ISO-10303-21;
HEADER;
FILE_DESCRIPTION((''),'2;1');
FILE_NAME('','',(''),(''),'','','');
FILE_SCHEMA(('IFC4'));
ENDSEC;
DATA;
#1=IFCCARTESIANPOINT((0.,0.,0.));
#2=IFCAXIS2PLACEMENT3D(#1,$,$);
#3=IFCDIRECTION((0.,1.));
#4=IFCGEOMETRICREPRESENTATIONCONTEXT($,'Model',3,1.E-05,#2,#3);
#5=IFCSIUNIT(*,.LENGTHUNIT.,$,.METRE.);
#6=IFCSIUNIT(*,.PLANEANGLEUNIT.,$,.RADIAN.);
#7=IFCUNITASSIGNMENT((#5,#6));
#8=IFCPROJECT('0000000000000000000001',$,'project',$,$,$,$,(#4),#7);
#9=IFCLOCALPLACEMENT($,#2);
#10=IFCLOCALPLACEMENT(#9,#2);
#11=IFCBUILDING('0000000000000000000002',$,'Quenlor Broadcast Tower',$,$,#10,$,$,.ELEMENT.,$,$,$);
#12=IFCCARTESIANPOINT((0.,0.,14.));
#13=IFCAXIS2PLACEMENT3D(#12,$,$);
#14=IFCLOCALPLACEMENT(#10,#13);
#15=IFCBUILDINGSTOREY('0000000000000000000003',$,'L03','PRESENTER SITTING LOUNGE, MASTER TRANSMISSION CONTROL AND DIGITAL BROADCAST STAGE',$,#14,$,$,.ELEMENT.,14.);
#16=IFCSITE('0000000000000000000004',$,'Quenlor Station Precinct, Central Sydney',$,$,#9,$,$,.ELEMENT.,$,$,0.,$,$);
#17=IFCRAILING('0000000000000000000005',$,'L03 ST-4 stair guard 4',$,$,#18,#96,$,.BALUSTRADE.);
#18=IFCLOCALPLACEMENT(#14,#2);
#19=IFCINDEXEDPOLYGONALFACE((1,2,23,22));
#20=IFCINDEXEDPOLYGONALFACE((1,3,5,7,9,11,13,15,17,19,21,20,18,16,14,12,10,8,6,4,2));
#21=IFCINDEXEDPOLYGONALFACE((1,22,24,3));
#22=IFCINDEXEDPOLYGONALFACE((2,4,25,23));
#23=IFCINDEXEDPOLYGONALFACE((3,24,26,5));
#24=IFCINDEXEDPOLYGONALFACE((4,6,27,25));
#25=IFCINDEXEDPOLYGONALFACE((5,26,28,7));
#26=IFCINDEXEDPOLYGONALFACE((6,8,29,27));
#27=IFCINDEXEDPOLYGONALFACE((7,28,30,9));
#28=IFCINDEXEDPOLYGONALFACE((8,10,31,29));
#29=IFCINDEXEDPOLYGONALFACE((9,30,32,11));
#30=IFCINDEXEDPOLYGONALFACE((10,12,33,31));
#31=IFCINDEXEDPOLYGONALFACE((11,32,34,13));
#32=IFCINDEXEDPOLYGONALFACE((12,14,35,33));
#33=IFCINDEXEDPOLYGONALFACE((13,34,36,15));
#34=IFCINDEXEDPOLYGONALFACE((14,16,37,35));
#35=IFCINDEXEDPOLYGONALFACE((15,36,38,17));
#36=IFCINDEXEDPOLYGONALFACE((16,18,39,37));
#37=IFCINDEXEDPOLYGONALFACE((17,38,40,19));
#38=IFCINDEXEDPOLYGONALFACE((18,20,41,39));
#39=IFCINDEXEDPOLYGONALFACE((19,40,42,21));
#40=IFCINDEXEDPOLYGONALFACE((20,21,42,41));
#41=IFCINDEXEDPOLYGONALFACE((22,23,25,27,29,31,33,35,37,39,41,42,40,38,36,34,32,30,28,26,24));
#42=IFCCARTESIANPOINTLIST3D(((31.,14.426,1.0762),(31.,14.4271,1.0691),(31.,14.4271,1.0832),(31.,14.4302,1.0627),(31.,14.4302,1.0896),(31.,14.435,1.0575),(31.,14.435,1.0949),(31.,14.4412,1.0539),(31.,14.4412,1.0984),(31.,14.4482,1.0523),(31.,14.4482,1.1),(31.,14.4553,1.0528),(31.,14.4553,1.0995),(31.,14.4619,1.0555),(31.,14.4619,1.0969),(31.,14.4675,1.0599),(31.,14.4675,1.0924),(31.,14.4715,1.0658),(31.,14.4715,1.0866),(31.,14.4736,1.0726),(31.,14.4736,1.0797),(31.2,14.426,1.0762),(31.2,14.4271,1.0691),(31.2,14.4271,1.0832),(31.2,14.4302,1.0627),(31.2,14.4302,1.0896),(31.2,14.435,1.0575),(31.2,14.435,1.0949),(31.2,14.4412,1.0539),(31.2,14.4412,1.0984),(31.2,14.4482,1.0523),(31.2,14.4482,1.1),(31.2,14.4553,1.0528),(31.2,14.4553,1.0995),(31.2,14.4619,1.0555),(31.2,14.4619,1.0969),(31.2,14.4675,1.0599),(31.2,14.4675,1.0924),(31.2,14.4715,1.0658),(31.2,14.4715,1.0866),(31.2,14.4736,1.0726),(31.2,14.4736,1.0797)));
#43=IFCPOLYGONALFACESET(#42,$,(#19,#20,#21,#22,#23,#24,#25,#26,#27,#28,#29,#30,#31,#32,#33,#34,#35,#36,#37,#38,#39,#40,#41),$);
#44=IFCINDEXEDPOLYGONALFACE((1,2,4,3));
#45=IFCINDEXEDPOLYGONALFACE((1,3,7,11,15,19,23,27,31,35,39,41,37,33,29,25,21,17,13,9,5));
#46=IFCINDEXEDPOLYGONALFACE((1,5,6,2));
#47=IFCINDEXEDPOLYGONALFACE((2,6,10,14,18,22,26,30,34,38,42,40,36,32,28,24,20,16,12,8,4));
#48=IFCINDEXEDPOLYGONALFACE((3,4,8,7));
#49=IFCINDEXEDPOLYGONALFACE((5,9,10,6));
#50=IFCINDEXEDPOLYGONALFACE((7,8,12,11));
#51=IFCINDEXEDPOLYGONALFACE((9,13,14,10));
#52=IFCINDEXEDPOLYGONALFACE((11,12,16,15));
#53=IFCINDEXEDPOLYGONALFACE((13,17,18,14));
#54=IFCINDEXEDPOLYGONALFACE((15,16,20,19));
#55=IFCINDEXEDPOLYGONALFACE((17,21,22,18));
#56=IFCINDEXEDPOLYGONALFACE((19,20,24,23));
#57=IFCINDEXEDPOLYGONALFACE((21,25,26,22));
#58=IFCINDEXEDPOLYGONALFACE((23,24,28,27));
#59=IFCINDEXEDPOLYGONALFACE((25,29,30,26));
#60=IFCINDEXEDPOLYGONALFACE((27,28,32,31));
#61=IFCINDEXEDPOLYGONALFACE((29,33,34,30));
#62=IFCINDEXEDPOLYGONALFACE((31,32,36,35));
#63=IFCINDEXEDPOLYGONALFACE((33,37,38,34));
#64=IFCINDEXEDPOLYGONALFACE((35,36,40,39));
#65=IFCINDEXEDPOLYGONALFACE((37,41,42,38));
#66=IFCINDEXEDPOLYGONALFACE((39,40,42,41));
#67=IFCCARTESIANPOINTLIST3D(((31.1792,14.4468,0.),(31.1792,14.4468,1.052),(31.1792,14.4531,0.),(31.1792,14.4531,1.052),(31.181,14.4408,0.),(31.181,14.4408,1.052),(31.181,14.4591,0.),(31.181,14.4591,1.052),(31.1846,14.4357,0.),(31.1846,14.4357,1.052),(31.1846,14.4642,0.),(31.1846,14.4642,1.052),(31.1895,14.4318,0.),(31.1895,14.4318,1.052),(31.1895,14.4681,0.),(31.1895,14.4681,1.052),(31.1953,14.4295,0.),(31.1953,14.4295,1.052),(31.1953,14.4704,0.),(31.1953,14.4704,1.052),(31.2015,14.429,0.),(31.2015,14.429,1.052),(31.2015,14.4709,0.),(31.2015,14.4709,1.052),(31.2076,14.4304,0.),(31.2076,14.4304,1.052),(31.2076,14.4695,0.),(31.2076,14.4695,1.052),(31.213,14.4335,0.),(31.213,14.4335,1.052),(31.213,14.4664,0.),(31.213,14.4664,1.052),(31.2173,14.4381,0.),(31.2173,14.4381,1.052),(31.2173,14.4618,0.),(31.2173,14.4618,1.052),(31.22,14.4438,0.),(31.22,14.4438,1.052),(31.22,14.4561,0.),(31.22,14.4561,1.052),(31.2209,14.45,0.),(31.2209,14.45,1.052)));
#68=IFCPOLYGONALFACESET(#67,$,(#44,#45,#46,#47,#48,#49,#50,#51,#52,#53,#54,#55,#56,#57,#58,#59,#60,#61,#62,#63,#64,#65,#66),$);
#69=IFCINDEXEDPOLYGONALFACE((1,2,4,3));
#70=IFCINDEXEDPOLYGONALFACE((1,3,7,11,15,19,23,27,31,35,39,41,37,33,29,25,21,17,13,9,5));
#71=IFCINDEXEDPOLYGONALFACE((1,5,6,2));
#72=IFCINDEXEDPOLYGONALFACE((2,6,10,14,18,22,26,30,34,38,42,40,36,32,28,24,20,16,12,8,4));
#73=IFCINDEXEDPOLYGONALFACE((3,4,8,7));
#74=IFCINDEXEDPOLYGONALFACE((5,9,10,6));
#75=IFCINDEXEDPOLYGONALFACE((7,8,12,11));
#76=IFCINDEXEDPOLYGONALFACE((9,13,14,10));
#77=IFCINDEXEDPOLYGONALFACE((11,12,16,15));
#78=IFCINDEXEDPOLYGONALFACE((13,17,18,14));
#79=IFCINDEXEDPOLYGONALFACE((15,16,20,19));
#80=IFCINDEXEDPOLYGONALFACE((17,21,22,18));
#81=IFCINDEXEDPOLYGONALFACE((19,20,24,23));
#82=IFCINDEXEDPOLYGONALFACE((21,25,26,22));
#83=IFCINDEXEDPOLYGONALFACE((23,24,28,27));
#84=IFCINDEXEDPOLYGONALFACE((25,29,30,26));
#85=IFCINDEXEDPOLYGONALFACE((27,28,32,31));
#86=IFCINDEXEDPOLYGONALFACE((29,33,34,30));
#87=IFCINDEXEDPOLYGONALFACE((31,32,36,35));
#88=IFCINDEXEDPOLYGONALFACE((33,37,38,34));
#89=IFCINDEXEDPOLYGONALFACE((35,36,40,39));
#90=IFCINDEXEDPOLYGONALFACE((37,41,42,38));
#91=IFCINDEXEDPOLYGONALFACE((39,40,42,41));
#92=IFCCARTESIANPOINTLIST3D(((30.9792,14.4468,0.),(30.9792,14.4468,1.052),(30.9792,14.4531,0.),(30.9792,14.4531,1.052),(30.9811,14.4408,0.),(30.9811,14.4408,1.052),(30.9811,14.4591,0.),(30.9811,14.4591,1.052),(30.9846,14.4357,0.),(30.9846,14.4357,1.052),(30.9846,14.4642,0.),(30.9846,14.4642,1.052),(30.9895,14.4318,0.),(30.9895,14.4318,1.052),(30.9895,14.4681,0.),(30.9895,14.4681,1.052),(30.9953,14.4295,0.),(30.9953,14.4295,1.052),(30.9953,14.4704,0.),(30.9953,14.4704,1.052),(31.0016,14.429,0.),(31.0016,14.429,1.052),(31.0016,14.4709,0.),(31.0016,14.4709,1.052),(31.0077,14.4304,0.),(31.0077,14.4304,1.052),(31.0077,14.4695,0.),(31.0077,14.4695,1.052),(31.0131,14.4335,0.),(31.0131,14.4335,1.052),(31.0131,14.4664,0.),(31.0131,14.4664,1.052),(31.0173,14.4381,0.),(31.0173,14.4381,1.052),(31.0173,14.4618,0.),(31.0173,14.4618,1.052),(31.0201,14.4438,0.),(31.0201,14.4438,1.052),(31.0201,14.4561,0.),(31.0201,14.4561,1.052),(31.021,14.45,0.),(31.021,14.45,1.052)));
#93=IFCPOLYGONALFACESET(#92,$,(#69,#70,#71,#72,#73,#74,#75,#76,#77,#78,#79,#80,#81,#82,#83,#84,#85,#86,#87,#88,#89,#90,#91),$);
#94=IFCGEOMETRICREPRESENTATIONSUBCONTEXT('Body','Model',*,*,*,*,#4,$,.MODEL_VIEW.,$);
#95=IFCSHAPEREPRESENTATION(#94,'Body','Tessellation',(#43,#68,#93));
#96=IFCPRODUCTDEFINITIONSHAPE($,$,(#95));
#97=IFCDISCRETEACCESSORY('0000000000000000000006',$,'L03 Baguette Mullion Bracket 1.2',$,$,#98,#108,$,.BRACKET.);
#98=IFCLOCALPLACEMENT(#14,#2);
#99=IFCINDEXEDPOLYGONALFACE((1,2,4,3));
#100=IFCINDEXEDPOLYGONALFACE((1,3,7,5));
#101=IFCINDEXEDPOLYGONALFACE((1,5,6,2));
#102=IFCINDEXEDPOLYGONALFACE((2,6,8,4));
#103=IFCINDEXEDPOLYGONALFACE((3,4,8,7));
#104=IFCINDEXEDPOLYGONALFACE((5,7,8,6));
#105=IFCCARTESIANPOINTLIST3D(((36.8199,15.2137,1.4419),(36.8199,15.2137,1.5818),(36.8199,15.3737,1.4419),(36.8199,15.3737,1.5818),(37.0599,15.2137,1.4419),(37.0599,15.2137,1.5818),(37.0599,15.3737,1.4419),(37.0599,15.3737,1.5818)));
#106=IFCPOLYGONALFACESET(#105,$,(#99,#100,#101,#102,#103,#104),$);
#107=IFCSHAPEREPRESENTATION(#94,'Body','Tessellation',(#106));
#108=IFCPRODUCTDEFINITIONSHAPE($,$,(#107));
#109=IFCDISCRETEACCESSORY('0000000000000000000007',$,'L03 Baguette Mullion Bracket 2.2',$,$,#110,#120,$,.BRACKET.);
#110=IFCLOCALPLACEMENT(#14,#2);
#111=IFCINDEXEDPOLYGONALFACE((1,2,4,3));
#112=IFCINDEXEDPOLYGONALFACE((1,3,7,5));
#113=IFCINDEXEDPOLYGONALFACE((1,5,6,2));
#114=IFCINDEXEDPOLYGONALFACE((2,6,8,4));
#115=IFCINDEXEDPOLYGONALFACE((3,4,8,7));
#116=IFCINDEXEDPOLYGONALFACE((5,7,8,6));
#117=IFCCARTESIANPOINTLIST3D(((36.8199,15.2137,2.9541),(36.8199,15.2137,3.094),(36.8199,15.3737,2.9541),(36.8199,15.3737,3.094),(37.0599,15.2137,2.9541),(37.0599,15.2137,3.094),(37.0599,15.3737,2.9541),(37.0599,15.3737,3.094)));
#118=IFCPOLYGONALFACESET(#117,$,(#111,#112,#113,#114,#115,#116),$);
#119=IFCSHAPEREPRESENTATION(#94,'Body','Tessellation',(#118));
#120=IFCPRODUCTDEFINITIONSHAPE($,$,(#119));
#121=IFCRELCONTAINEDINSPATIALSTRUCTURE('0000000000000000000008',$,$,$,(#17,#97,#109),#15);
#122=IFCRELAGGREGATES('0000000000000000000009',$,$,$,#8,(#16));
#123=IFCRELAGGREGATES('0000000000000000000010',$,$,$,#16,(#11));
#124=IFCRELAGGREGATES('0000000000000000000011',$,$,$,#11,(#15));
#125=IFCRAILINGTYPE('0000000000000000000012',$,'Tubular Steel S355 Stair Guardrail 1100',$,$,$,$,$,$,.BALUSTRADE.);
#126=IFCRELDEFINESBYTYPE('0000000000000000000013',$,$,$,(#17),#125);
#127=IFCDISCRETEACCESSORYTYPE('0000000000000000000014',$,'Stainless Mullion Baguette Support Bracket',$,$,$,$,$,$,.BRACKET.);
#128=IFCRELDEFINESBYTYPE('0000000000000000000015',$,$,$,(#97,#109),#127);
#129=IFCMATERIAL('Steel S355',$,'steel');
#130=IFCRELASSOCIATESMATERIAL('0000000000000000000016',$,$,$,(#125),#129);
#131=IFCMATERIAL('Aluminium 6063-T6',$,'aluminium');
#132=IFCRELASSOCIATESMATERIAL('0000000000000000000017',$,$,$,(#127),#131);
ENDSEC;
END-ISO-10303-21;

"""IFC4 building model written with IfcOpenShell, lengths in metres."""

from ifc_helpers import new_model, si_unit, direction, frame, origin, origin_2d, place, context, subcontext, project, spatial, rectangle, circle, extrude, material, type_object, element, save


model = new_model("IFC4")

# Units and contexts
model_context = context("Model", 3, precision=1e-05, world=origin(), true_north=direction((0.0, 1.0)))
body_context = subcontext(model_context, "Body", "Model", "MODEL_VIEW")
ifc_project = project(units=[si_unit("LENGTHUNIT", "METRE"), si_unit("PLANEANGLEUNIT", "RADIAN")], contexts=[model_context])

# Site, building, storey
site_placement = place(None, origin())
site = spatial("IfcSite", under=ifc_project, at=site_placement, Name="Quenlor Station Precinct, Central Sydney", CompositionType="ELEMENT", RefElevation=0.0)
building_placement = place(site_placement, origin())
building = spatial("IfcBuilding", under=site, at=building_placement, Name="Quenlor Broadcast Tower", CompositionType="ELEMENT")
storey_placement = place(building_placement, frame((0.0, 0.0, 14.0)))
storey = spatial("IfcBuildingStorey", under=building, at=storey_placement, Name="L03", Description="PRESENTER SITTING LOUNGE, MASTER TRANSMISSION CONTROL AND DIGITAL BROADCAST STAGE", CompositionType="ELEMENT", Elevation=14.0)

# Railing
ifc_material_1 = material(Name="Steel S355", Category="steel")
railing_type_1 = type_object("IfcRailingType", Name="Tubular Steel S355 Stair Guardrail 1100", PredefinedType="BALUSTRADE", material=ifc_material_1)
railing_1_placement = place(storey_placement, frame((31.2, 14.45, 0.0)))
element("IfcRailing", 1, at=railing_1_placement, inside=storey, type_object=railing_type_1, Name="L03 ST-4 stair guard 4", PredefinedType="BALUSTRADE", context=body_context, shape_type="SweptSolid", body=[
    extrude(circle(Radius=0.0239, at=origin_2d()), frame((0.0, 0.0, 1.0762), z_axis=(-1.0, 0.0, 0.0), x_axis=(0.0, -1.0, 0.0)), (0.0, 0.0, 1.0), 0.2),
    extrude(circle(Radius=0.021, at=origin_2d()), origin(), (0.0, 0.0, 1.0), 1.052),
    extrude(circle(Radius=0.021, at=origin_2d()), frame((-0.2, 0.0, 0.0)), (0.0, 0.0, 1.0), 1.052),
])

# Discrete accessories
ifc_material_2 = material(Name="Aluminium 6063-T6", Category="aluminium")
discrete_accessory_type = type_object("IfcDiscreteAccessoryType", Name="Stainless Mullion Baguette Support Bracket", PredefinedType="BRACKET", material=ifc_material_2)
for number, where, z_axis, x_axis, name in (
    (2, (36.9399, 15.2937, 1.4419), (0.0, 0.0, 1.0), (0.0, -1.0, 0.0), "L03 Baguette Mullion Bracket 1.2"),
    (3, (36.9399, 15.2937, 2.9541), (0.0, 0.0, 1.0), (0.0, -1.0, 0.0), "L03 Baguette Mullion Bracket 2.2"),
):
    element("IfcDiscreteAccessory", number, at=place(storey_placement, frame(where, z_axis=z_axis, x_axis=x_axis)), inside=storey, type_object=discrete_accessory_type, Name=name, PredefinedType="BRACKET", context=body_context, shape_type="SweptSolid", body=[
        extrude(rectangle(XDim=0.1599, YDim=0.24, at=origin_2d()), origin(), (0.0, 0.0, 1.0), 0.1399),
    ])

save(model, "model.ifc")
